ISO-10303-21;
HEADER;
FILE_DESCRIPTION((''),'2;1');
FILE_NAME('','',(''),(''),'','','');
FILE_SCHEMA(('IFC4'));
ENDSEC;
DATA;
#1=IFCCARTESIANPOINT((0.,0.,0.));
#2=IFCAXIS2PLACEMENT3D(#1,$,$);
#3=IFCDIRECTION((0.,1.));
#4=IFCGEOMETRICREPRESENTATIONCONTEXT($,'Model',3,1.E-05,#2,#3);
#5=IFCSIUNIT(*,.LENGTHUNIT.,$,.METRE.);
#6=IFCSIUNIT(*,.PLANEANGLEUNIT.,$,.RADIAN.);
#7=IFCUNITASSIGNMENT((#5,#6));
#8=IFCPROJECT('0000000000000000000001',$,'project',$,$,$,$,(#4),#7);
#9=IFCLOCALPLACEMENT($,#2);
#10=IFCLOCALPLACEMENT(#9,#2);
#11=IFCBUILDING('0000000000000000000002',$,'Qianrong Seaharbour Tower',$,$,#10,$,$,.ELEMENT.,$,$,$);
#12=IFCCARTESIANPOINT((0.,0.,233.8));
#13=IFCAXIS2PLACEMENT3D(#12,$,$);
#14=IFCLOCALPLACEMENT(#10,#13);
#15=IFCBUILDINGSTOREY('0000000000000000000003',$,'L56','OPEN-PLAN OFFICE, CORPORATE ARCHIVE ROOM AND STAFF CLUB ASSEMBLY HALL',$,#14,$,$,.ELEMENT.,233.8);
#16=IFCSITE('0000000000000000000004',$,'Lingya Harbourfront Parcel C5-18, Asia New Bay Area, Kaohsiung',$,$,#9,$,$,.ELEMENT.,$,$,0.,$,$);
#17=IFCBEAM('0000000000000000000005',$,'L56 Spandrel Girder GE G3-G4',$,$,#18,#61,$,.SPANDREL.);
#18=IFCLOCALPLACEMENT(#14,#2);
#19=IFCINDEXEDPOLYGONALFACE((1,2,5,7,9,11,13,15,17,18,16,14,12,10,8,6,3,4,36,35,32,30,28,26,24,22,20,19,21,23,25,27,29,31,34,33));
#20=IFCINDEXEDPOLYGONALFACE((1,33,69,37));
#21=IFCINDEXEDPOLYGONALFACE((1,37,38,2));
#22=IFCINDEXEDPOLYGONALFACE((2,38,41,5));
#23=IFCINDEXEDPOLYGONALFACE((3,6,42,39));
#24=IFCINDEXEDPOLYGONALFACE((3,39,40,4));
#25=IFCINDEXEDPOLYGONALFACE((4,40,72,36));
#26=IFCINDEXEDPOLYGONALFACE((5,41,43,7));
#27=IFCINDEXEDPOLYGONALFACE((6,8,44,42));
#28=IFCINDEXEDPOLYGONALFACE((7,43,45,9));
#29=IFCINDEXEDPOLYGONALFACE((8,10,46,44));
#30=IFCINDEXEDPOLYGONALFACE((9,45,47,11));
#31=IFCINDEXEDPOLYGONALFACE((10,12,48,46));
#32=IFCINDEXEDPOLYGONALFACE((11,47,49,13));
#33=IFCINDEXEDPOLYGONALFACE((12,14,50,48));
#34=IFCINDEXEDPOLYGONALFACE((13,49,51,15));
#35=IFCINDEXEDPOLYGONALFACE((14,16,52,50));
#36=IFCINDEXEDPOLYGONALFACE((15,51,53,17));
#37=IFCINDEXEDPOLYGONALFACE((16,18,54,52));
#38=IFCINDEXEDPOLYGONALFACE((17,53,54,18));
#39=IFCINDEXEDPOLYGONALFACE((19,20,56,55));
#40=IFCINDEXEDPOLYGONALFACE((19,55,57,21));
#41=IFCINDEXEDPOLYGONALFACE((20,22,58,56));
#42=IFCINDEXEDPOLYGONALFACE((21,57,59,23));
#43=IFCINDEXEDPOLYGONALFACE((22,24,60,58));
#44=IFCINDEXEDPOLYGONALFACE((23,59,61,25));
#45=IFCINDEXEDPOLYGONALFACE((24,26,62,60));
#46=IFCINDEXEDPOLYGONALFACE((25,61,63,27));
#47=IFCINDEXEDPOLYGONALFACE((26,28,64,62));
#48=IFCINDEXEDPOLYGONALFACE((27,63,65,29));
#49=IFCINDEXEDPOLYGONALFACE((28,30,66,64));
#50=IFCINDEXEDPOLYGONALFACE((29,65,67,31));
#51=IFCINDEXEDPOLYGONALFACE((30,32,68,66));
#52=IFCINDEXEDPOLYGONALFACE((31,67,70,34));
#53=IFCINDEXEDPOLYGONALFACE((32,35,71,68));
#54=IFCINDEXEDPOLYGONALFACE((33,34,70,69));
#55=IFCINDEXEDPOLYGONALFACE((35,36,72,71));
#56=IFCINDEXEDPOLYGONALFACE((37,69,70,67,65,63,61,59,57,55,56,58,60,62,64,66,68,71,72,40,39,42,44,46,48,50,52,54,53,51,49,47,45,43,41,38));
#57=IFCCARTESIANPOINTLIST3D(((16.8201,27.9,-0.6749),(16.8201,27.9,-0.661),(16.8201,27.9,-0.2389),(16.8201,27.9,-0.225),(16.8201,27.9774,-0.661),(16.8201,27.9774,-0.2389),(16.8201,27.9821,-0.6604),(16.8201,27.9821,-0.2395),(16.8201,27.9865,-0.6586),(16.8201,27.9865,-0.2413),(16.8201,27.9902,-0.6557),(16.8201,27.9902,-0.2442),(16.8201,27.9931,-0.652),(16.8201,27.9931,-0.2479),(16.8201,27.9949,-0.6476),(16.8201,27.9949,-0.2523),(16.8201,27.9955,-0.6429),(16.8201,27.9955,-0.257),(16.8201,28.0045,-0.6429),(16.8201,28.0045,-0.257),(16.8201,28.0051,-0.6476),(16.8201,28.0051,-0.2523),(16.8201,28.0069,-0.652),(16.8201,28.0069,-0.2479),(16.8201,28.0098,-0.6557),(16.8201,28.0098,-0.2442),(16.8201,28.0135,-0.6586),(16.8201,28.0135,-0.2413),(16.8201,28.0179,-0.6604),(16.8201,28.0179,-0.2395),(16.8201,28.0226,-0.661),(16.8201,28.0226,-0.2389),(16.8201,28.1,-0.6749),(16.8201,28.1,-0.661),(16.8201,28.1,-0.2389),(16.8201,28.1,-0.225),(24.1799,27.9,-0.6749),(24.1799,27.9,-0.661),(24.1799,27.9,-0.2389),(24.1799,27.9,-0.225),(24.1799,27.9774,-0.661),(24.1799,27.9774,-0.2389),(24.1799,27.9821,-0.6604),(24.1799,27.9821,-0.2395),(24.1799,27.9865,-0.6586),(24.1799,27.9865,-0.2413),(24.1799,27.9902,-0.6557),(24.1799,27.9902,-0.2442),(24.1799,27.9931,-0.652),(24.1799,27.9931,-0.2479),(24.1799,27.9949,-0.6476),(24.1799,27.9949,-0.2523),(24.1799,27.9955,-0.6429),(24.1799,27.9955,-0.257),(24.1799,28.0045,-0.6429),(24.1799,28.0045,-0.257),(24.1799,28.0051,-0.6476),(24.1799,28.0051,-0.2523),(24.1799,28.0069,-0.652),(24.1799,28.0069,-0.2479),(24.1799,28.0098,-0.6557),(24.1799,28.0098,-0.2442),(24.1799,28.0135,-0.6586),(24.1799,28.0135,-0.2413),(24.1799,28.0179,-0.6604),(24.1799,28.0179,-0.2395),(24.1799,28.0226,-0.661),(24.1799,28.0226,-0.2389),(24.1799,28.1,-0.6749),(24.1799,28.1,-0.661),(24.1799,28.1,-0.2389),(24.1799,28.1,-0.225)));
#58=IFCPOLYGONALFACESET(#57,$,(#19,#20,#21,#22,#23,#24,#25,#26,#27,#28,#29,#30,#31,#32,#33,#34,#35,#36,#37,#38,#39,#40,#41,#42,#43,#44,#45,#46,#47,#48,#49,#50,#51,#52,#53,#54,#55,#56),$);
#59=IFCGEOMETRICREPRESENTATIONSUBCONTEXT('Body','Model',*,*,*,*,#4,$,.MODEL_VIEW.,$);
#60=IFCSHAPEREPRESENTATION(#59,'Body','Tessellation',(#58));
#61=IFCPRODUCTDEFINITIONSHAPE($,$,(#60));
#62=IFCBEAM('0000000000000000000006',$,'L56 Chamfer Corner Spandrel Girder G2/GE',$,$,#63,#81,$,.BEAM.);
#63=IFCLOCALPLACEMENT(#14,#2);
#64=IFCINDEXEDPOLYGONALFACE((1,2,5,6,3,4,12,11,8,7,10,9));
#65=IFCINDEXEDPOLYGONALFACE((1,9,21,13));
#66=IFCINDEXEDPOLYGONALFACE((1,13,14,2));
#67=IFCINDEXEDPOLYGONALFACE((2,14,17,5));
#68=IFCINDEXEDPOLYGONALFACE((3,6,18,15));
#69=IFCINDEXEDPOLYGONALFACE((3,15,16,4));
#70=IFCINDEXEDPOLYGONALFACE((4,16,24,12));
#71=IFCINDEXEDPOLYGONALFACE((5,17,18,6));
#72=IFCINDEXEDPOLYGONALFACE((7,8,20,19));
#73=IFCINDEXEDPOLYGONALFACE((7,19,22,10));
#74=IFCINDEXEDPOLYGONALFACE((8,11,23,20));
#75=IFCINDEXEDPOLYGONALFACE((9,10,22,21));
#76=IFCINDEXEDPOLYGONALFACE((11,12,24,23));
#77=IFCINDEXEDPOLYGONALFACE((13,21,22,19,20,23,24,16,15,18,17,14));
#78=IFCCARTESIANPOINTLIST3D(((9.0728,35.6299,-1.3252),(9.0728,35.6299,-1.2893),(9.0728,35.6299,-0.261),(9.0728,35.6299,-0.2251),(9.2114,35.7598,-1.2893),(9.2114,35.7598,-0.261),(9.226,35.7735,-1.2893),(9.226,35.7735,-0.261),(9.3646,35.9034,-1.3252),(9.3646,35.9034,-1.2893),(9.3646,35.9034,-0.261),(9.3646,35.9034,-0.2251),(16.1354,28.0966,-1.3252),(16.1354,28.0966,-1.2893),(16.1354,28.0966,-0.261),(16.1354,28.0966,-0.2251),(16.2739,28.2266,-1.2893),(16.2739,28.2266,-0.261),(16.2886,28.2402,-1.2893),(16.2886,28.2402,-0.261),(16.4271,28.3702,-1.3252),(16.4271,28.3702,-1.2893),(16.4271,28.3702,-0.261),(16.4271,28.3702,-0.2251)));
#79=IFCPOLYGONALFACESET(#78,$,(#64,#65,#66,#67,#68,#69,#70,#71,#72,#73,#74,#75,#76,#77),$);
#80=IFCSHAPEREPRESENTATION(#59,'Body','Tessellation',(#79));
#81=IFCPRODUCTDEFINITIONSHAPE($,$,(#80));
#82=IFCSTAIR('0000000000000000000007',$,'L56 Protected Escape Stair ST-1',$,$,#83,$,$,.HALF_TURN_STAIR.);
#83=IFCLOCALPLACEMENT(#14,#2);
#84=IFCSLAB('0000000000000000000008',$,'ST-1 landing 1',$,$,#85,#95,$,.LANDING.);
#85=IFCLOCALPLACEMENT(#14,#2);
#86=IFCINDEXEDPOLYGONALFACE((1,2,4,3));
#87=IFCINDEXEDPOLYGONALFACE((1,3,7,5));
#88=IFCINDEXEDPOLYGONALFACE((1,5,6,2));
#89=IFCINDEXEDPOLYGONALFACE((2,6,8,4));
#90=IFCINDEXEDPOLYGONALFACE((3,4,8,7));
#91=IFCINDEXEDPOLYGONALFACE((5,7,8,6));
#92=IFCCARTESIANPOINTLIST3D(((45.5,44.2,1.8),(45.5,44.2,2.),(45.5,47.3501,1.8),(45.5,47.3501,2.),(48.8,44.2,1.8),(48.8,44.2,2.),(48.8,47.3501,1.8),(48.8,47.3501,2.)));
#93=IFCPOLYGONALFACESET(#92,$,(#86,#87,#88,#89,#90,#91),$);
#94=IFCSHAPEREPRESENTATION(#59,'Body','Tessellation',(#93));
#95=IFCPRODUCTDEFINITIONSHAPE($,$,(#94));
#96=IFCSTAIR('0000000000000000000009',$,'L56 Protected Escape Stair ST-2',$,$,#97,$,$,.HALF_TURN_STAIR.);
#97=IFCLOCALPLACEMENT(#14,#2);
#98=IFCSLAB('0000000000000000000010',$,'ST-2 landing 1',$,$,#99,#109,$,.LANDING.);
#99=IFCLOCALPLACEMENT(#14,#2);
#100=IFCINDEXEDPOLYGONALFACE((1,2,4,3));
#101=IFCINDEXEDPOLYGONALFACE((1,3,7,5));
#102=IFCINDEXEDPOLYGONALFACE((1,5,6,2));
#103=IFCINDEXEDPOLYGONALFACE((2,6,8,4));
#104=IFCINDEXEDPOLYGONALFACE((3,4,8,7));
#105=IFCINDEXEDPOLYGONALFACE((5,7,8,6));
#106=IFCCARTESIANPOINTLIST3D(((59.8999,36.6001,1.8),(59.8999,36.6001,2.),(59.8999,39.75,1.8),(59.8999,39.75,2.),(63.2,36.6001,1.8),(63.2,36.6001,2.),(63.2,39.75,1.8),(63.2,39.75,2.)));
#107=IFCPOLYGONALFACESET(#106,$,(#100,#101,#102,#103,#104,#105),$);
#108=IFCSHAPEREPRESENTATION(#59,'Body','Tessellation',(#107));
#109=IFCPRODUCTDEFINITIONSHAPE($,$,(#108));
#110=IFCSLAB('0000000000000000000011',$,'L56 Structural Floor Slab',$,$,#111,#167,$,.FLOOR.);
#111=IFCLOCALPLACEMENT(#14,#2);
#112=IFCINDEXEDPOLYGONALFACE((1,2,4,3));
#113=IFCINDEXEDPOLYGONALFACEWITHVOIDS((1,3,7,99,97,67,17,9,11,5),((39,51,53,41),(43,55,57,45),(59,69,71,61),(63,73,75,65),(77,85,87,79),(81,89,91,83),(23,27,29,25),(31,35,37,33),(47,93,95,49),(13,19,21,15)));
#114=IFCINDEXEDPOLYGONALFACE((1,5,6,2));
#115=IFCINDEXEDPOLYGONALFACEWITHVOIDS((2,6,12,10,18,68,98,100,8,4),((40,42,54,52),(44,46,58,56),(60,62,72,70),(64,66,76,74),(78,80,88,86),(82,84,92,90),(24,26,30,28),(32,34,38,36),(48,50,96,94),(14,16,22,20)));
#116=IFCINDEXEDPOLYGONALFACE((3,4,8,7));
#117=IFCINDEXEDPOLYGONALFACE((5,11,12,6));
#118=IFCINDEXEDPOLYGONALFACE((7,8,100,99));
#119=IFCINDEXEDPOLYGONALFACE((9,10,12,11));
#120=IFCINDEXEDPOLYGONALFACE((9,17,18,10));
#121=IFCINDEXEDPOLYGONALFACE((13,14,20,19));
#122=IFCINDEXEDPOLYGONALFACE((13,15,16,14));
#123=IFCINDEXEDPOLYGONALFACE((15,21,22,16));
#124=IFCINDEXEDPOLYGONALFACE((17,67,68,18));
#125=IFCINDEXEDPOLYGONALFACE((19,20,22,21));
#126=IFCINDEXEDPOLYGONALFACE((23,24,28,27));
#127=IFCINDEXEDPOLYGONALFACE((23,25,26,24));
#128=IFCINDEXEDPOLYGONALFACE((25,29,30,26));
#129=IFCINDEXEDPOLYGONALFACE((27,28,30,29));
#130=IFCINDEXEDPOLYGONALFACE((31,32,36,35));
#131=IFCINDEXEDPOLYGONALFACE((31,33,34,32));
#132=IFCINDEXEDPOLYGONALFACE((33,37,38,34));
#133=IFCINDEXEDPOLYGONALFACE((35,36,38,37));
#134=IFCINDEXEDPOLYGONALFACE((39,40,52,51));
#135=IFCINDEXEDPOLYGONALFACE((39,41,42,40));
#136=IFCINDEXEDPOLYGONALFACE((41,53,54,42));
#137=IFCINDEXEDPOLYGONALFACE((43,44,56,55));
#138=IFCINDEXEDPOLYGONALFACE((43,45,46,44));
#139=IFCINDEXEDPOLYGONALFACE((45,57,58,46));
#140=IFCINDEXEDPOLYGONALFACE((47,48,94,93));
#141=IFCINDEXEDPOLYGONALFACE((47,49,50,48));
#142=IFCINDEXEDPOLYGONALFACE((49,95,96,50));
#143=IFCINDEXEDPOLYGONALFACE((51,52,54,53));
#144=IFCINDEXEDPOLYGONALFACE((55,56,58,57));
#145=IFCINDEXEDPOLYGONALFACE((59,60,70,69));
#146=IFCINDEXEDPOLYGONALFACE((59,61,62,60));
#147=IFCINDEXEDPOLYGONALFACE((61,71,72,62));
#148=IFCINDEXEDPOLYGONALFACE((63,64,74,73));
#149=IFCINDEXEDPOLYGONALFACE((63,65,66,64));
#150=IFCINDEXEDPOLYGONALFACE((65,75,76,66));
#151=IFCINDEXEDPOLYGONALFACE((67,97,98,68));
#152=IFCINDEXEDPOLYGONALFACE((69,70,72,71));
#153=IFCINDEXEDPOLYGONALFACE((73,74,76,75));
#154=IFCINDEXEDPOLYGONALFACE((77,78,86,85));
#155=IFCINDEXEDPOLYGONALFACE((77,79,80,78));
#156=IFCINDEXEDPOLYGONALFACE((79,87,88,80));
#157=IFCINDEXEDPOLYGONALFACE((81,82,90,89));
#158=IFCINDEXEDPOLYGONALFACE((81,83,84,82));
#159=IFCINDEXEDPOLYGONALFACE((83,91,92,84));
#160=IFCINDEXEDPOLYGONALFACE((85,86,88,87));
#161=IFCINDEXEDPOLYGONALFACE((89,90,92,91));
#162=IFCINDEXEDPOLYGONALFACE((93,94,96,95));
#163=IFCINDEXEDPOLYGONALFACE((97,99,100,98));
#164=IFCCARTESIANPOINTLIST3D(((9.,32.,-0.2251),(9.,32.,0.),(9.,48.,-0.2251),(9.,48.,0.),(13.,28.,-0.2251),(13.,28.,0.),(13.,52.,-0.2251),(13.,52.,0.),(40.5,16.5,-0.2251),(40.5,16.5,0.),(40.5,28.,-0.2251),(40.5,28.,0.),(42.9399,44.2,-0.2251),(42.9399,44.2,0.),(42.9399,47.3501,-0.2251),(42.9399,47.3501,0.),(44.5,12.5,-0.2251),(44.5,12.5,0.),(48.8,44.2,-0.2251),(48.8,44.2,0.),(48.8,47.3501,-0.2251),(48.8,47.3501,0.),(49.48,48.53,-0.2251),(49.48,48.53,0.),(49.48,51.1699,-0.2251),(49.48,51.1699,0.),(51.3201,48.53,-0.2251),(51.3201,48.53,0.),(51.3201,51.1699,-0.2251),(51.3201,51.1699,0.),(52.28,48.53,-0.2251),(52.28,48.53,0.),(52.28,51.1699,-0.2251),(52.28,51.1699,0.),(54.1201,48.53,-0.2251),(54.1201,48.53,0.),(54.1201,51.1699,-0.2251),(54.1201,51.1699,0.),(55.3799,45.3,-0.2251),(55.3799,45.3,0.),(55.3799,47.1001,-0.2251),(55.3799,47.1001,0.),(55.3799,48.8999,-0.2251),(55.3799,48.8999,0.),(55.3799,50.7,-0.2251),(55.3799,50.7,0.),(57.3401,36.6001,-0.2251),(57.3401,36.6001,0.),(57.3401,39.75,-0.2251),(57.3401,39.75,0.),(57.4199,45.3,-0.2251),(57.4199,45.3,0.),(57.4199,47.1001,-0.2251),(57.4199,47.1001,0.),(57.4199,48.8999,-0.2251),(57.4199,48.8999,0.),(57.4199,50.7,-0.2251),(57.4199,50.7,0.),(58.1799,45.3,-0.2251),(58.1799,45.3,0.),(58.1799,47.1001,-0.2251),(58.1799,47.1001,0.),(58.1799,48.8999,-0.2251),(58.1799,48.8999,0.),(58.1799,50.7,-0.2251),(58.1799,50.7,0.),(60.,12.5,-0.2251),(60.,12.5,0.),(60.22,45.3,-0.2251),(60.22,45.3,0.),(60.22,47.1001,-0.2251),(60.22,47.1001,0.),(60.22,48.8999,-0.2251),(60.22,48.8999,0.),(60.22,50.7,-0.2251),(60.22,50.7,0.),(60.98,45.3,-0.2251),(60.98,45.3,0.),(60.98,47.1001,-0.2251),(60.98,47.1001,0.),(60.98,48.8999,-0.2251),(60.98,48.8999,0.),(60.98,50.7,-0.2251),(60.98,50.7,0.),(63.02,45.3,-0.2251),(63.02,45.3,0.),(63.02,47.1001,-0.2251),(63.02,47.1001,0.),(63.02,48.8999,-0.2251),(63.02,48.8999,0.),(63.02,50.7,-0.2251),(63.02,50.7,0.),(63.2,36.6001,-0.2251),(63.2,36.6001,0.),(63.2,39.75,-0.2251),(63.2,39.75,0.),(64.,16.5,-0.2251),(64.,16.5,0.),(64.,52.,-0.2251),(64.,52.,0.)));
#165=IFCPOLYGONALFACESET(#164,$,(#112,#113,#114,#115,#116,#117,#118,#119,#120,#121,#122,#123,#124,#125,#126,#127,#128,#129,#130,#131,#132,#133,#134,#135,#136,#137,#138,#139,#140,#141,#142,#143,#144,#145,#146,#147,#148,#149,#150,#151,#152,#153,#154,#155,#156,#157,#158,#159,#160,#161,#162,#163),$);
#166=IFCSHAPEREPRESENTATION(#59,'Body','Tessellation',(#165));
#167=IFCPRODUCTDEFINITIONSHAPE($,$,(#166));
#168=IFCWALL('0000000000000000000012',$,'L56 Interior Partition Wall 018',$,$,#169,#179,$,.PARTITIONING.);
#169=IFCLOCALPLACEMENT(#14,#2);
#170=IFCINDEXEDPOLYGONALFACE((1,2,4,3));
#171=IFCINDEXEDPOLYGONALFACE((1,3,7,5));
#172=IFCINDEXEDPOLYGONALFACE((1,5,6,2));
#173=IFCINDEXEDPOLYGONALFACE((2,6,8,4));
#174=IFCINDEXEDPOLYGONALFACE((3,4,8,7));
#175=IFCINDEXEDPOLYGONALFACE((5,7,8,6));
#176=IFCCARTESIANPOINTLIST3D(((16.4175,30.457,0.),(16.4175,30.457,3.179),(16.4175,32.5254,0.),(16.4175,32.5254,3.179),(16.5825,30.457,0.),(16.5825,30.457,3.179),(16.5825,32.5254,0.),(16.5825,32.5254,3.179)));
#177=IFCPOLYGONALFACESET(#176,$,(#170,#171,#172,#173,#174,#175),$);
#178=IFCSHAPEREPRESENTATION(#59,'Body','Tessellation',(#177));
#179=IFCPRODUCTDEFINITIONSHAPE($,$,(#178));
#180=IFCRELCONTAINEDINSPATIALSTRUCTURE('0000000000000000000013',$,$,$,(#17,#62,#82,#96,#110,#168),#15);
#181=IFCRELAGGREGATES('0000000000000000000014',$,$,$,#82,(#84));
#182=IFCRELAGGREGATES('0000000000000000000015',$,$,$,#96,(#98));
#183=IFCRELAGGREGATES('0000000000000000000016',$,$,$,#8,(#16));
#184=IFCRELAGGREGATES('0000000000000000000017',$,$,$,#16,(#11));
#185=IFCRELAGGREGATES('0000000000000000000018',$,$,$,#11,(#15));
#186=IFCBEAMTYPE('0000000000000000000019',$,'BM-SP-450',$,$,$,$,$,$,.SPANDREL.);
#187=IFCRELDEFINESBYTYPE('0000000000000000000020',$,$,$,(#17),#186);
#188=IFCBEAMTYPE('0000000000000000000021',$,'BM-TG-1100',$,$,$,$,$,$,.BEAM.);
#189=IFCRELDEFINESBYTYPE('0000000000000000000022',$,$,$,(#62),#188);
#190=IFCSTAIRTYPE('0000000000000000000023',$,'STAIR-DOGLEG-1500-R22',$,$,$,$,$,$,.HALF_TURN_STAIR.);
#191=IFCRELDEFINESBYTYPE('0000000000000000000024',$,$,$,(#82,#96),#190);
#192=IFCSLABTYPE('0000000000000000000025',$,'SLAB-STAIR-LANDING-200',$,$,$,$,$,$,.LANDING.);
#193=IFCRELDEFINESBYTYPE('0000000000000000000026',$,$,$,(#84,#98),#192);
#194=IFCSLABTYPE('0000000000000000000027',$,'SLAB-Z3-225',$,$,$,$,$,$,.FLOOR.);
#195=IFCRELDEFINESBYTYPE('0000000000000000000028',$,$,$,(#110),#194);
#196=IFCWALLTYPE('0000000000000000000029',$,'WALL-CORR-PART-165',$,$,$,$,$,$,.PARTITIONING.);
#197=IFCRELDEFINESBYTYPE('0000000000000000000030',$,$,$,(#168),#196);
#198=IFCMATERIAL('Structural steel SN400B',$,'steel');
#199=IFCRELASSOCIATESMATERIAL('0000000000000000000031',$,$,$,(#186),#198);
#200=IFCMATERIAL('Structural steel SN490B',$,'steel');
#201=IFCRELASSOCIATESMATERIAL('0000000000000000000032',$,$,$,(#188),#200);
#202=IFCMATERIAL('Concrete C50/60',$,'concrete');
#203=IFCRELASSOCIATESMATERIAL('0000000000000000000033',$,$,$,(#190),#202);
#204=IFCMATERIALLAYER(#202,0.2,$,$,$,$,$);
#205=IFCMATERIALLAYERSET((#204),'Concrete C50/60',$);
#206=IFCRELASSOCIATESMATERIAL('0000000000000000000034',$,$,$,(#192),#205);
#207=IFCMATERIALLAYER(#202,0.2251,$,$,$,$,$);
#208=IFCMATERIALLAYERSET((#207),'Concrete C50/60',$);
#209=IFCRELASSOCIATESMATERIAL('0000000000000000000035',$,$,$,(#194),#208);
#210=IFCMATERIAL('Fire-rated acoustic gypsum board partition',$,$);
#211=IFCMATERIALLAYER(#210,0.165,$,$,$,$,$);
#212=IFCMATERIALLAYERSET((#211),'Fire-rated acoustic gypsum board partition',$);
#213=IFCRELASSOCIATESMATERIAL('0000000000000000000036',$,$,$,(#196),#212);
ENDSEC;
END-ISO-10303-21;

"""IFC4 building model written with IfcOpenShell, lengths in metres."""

from ifc_helpers import new_model, si_unit, direction, frame, frame_2d, origin, origin_2d, place, context, subcontext, project, spatial, polyline, rectangle, i_section, outline, extrude, material, layer, layer_set, material_profile, profile_set, type_object, element, aggregate, save


model = new_model("IFC4")

# Units and contexts
model_context = context("Model", 3, precision=1e-05, world=origin(), true_north=direction((0.0, 1.0)))
body_context = subcontext(model_context, "Body", "Model", "MODEL_VIEW")
ifc_project = project(units=[si_unit("LENGTHUNIT", "METRE"), si_unit("PLANEANGLEUNIT", "RADIAN")], contexts=[model_context])

# Site, building, storey
site_placement = place(None, origin())
site = spatial("IfcSite", under=ifc_project, at=site_placement, Name="Lingya Harbourfront Parcel C5-18, Asia New Bay Area, Kaohsiung", CompositionType="ELEMENT", RefElevation=0.0)
building_placement = place(site_placement, origin())
building = spatial("IfcBuilding", under=site, at=building_placement, Name="Qianrong Seaharbour Tower", CompositionType="ELEMENT")
storey_placement = place(building_placement, frame((0.0, 0.0, 233.8)))
storey = spatial("IfcBuildingStorey", under=building, at=storey_placement, Name="L56", Description="OPEN-PLAN OFFICE, CORPORATE ARCHIVE ROOM AND STAFF CLUB ASSEMBLY HALL", CompositionType="ELEMENT", Elevation=233.8)

# Shared definitions
ifc_material_1 = material(Name="Structural steel SN490B", Category="steel")

# Beams
ifc_material_2 = material(Name="Structural steel SN400B", Category="steel")
ifc_material_profile_1 = material_profile(ifc_material_2, i_section(OverallWidth=0.2, OverallDepth=0.45, WebThickness=0.009, FlangeThickness=0.0139, FilletRadius=0.0181, at=origin_2d()), Name="H450x200x9x14")
ifc_profile_set_1 = profile_set([ifc_material_profile_1], Name="Structural steel SN400B")
beam_type_1 = type_object("IfcBeamType", Name="BM-SP-450", PredefinedType="SPANDREL", material=ifc_profile_set_1)
beam_1_placement = place(storey_placement, frame((16.8201, 28.0, -0.45), z_axis=(1.0, 0.0, 0.0), x_axis=(0.0, 1.0, 0.0)))
element("IfcBeam", 1, at=beam_1_placement, inside=storey, type_object=beam_type_1, Name="L56 Spandrel Girder GE G3-G4", PredefinedType="SPANDREL", context=body_context, shape_type="SweptSolid", body=[
    extrude(i_section(OverallWidth=0.2, OverallDepth=0.45, WebThickness=0.009, FlangeThickness=0.0139, FilletRadius=0.0181, at=origin_2d()), origin(), (0.0, 0.0, 1.0), 7.3599),
])
ifc_material_profile_2 = material_profile(ifc_material_1, i_section(OverallWidth=0.3999, OverallDepth=1.1001, WebThickness=0.02, FlangeThickness=0.0359, at=origin_2d()), Name="BH1100x400x20x36")
ifc_profile_set_2 = profile_set([ifc_material_profile_2], Name="Structural steel SN490B")
beam_type_2 = type_object("IfcBeamType", Name="BM-TG-1100", PredefinedType="BEAM", material=ifc_profile_set_2)
beam_2_placement = place(storey_placement, frame((16.2812, 28.2334, -0.7751), z_axis=(-0.683947, 0.729531, 0.0), x_axis=(-0.729531, -0.683947, 0.0)))
element("IfcBeam", 2, at=beam_2_placement, inside=storey, type_object=beam_type_2, Name="L56 Chamfer Corner Spandrel Girder G2/GE", PredefinedType="BEAM", context=body_context, shape_type="SweptSolid", body=[
    extrude(i_section(OverallWidth=0.3999, OverallDepth=1.1001, WebThickness=0.02, FlangeThickness=0.0359, at=origin_2d()), origin(), (0.0, 0.0, 1.0), 10.3262),
])

# Stairs, slabs
ifc_material_3 = material(Name="Concrete C50/60", Category="concrete")
stair_type = type_object("IfcStairType", Name="STAIR-DOGLEG-1500-R22", PredefinedType="HALF_TURN_STAIR", material=ifc_material_3)
stair_1_placement = place(storey_placement, origin())
stair_1 = element("IfcStair", 3, at=stair_1_placement, inside=storey, type_object=stair_type, Name="L56 Protected Escape Stair ST-1", PredefinedType="HALF_TURN_STAIR")
ifc_layer_1 = layer(ifc_material_3, 0.2)
ifc_layer_set_1 = layer_set([ifc_layer_1], Name="Concrete C50/60")
slab_type_1 = type_object("IfcSlabType", Name="SLAB-STAIR-LANDING-200", PredefinedType="LANDING", material=ifc_layer_set_1)
slab_1_placement = place(storey_placement, frame((0.0, 0.0, 1.8)))
slab_1 = element("IfcSlab", 4, at=slab_1_placement, type_object=slab_type_1, Name="ST-1 landing 1", PredefinedType="LANDING", context=body_context, shape_type="SweptSolid", body=[
    extrude(outline(polyline([(45.5, 44.2), (48.8, 44.2), (48.8, 47.3501), (45.5, 47.3501), (45.5, 44.2)])), origin(), (0.0, 0.0, 1.0), 0.2),
])
aggregate(stair_1, [slab_1])
stair_2_placement = place(storey_placement, origin())
stair_2 = element("IfcStair", 5, at=stair_2_placement, inside=storey, type_object=stair_type, Name="L56 Protected Escape Stair ST-2", PredefinedType="HALF_TURN_STAIR")
slab_2_placement = place(storey_placement, frame((0.0, 0.0, 1.8)))
slab_2 = element("IfcSlab", 6, at=slab_2_placement, type_object=slab_type_1, Name="ST-2 landing 1", PredefinedType="LANDING", context=body_context, shape_type="SweptSolid", body=[
    extrude(outline(polyline([(59.8999, 36.6001), (63.2, 36.6001), (63.2, 39.75), (59.8999, 39.75), (59.8999, 36.6001)])), origin(), (0.0, 0.0, 1.0), 0.2),
])
aggregate(stair_2, [slab_2])

# Slab
ifc_layer_2 = layer(ifc_material_3, 0.2251)
ifc_layer_set_2 = layer_set([ifc_layer_2], Name="Concrete C50/60")
slab_type_2 = type_object("IfcSlabType", Name="SLAB-Z3-225", PredefinedType="FLOOR", material=ifc_layer_set_2)
slab_3_placement = place(storey_placement, frame((0.0, 0.0, -0.2251)))
element("IfcSlab", 7, at=slab_3_placement, inside=storey, type_object=slab_type_2, Name="L56 Structural Floor Slab", PredefinedType="FLOOR", context=body_context, shape_type="SweptSolid", body=[
    extrude(outline(polyline([(44.5, 12.5), (60.0, 12.5), (64.0, 16.5), (64.0, 52.0), (13.0, 52.0), (9.0, 48.0), (9.0, 32.0), (13.0, 28.0), (40.5, 28.0), (40.5, 16.5), (44.5, 12.5)]), holes=[polyline([(42.9399, 44.2), (42.9399, 47.3501), (48.8, 47.3501), (48.8, 44.2), (42.9399, 44.2)]), polyline([(57.3401, 36.6001), (57.3401, 39.75), (63.2, 39.75), (63.2, 36.6001), (57.3401, 36.6001)]), polyline([(49.48, 48.53), (49.48, 51.1699), (51.3201, 51.1699), (51.3201, 48.53), (49.48, 48.53)]), polyline([(52.28, 48.53), (52.28, 51.1699), (54.1201, 51.1699), (54.1201, 48.53), (52.28, 48.53)]), polyline([(55.3799, 45.3), (55.3799, 47.1001), (57.4199, 47.1001), (57.4199, 45.3), (55.3799, 45.3)]), polyline([(58.1799, 45.3), (58.1799, 47.1001), (60.22, 47.1001), (60.22, 45.3), (58.1799, 45.3)]), polyline([(60.98, 45.3), (60.98, 47.1001), (63.02, 47.1001), (63.02, 45.3), (60.98, 45.3)]), polyline([(55.3799, 48.8999), (55.3799, 50.7), (57.4199, 50.7), (57.4199, 48.8999), (55.3799, 48.8999)]), polyline([(58.1799, 48.8999), (58.1799, 50.7), (60.22, 50.7), (60.22, 48.8999), (58.1799, 48.8999)]), polyline([(60.98, 48.8999), (60.98, 50.7), (63.02, 50.7), (63.02, 48.8999), (60.98, 48.8999)])]), origin(), (0.0, 0.0, 1.0), 0.2251),
])

# Wall
ifc_material_4 = material(Name="Fire-rated acoustic gypsum board partition")
ifc_layer_3 = layer(ifc_material_4, 0.165)
ifc_layer_set_3 = layer_set([ifc_layer_3], Name="Fire-rated acoustic gypsum board partition")
wall_type_1 = type_object("IfcWallType", Name="WALL-CORR-PART-165", PredefinedType="PARTITIONING", material=ifc_layer_set_3)
wall_1_placement = place(storey_placement, frame((16.5, 30.457, 0.0), z_axis=(0.0, 0.0, 1.0), x_axis=(0.0, 1.0, 0.0)))
element("IfcWall", 8, at=wall_1_placement, inside=storey, type_object=wall_type_1, Name="L56 Interior Partition Wall 018", PredefinedType="PARTITIONING", context=body_context, shape_type="SweptSolid", body=[
    extrude(rectangle(XDim=2.0684, YDim=0.165, at=frame_2d((1.0342, 0.0))), origin(), (0.0, 0.0, 1.0), 3.179),
])

save(model, "model.ifc")
